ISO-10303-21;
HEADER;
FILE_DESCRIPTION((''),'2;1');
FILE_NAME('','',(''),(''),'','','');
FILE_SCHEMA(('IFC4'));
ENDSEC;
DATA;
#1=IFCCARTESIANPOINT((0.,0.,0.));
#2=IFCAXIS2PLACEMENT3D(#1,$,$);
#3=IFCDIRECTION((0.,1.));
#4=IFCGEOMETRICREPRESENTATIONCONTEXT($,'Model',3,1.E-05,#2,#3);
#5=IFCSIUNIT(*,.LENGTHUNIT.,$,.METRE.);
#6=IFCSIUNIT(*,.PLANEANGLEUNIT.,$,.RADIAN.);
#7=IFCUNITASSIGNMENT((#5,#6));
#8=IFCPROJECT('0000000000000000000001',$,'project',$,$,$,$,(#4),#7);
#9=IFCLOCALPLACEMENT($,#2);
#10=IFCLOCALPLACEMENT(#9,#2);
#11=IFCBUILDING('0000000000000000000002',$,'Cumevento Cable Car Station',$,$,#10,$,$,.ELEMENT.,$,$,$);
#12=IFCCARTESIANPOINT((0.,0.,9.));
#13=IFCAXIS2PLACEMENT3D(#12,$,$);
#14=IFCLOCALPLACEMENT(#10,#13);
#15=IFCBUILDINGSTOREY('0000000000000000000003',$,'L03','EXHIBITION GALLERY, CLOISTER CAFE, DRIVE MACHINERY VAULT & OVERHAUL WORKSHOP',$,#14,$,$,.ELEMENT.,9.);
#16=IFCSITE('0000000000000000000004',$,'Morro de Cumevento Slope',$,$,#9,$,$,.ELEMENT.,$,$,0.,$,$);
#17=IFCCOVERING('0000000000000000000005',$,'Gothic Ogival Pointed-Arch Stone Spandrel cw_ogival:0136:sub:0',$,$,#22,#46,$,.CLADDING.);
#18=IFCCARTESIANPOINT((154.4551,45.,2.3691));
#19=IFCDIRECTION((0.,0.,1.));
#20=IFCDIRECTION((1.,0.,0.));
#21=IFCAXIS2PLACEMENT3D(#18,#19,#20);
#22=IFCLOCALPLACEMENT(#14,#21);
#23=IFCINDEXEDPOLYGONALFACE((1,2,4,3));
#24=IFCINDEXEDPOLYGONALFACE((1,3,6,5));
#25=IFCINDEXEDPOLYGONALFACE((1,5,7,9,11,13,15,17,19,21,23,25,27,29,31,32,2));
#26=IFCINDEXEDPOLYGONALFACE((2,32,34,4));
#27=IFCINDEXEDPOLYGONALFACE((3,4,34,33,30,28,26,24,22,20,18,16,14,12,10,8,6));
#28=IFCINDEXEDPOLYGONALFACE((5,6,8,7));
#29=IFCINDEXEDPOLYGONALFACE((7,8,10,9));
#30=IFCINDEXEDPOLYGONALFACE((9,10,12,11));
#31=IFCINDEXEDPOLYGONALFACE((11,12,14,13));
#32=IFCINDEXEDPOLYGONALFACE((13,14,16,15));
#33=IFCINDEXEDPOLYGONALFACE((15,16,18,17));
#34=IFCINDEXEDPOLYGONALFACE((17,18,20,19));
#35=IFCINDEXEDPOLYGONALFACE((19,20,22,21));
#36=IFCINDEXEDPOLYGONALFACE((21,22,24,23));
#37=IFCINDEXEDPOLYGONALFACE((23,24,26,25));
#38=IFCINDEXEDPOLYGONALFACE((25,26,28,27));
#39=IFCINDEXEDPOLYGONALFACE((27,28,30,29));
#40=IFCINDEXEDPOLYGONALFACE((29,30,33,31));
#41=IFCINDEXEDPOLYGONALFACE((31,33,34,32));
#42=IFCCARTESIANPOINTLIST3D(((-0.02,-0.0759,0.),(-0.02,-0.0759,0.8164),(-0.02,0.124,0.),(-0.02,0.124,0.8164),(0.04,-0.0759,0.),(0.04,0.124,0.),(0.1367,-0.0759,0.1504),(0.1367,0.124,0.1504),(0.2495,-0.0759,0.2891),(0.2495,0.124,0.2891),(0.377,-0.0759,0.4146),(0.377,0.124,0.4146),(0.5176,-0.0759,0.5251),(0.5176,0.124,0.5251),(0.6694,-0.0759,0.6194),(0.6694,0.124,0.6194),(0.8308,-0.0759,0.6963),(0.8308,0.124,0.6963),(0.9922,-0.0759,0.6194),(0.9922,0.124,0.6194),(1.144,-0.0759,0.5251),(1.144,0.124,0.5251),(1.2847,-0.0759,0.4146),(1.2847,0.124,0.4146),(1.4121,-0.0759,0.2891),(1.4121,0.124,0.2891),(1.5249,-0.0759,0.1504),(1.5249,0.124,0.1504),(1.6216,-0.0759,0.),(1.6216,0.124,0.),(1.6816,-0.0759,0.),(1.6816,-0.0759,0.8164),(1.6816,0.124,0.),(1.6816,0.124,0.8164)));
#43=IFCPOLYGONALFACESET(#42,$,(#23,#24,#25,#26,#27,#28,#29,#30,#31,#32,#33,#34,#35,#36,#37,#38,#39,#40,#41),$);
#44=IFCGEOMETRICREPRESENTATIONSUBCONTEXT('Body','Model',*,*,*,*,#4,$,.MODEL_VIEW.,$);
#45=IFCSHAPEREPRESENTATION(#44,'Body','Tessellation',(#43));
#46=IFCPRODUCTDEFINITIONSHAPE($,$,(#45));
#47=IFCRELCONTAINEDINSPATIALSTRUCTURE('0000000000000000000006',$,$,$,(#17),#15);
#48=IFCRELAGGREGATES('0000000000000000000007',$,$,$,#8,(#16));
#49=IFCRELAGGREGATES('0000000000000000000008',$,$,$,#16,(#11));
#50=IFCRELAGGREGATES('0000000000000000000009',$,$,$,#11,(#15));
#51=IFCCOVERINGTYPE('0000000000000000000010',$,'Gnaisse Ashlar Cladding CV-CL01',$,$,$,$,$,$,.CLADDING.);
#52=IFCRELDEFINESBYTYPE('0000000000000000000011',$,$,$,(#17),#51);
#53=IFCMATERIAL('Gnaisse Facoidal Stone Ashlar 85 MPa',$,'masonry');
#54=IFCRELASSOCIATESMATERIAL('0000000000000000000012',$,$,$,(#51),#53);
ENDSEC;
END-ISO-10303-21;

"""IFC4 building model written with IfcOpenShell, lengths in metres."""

from ifc_helpers import new_model, si_unit, direction, frame, origin, place, context, subcontext, project, spatial, polyline, outline, extrude, material, type_object, element, save


model = new_model("IFC4")

# Units and contexts
model_context = context("Model", 3, precision=1e-05, world=origin(), true_north=direction((0.0, 1.0)))
body_context = subcontext(model_context, "Body", "Model", "MODEL_VIEW")
ifc_project = project(units=[si_unit("LENGTHUNIT", "METRE"), si_unit("PLANEANGLEUNIT", "RADIAN")], contexts=[model_context])

# Site, building, storey
site_placement = place(None, origin())
site = spatial("IfcSite", under=ifc_project, at=site_placement, Name="Morro de Cumevento Slope", CompositionType="ELEMENT", RefElevation=0.0)
building_placement = place(site_placement, origin())
building = spatial("IfcBuilding", under=site, at=building_placement, Name="Cumevento Cable Car Station", CompositionType="ELEMENT")
storey_placement = place(building_placement, frame((0.0, 0.0, 9.0)))
storey = spatial("IfcBuildingStorey", under=building, at=storey_placement, Name="L03", Description="EXHIBITION GALLERY, CLOISTER CAFE, DRIVE MACHINERY VAULT & OVERHAUL WORKSHOP", CompositionType="ELEMENT", Elevation=9.0)

# Covering
ifc_material_1 = material(Name="Gnaisse Facoidal Stone Ashlar 85 MPa", Category="masonry")
covering_type = type_object("IfcCoveringType", Name="Gnaisse Ashlar Cladding CV-CL01", PredefinedType="CLADDING", material=ifc_material_1)
covering_1_placement = place(storey_placement, frame((154.4551, 45.0, 2.3691), z_axis=(0.0, 0.0, 1.0), x_axis=(1.0, 0.0, 0.0)))
element("IfcCovering", 1, at=covering_1_placement, inside=storey, type_object=covering_type, Name="Gothic Ogival Pointed-Arch Stone Spandrel cw_ogival:0136:sub:0", PredefinedType="CLADDING", context=body_context, shape_type="SweptSolid", body=[
    extrude(outline(polyline([(-0.02, 0.0), (-0.02, 0.8164), (1.6816, 0.8164), (1.6816, 0.0), (1.6216, 0.0), (1.5249, 0.1504), (1.4121, 0.2891), (1.2847, 0.4146), (1.144, 0.5251), (0.9922, 0.6194), (0.8308, 0.6963), (0.6694, 0.6194), (0.5176, 0.5251), (0.377, 0.4146), (0.2495, 0.2891), (0.1367, 0.1504), (0.04, 0.0), (-0.02, 0.0)])), frame((0.0, 0.124, 0.0), z_axis=(0.0, -1.0, 0.0), x_axis=(1.0, 0.0, 0.0)), (0.0, 0.0, 1.0), 0.2),
])

save(model, "model.ifc")
